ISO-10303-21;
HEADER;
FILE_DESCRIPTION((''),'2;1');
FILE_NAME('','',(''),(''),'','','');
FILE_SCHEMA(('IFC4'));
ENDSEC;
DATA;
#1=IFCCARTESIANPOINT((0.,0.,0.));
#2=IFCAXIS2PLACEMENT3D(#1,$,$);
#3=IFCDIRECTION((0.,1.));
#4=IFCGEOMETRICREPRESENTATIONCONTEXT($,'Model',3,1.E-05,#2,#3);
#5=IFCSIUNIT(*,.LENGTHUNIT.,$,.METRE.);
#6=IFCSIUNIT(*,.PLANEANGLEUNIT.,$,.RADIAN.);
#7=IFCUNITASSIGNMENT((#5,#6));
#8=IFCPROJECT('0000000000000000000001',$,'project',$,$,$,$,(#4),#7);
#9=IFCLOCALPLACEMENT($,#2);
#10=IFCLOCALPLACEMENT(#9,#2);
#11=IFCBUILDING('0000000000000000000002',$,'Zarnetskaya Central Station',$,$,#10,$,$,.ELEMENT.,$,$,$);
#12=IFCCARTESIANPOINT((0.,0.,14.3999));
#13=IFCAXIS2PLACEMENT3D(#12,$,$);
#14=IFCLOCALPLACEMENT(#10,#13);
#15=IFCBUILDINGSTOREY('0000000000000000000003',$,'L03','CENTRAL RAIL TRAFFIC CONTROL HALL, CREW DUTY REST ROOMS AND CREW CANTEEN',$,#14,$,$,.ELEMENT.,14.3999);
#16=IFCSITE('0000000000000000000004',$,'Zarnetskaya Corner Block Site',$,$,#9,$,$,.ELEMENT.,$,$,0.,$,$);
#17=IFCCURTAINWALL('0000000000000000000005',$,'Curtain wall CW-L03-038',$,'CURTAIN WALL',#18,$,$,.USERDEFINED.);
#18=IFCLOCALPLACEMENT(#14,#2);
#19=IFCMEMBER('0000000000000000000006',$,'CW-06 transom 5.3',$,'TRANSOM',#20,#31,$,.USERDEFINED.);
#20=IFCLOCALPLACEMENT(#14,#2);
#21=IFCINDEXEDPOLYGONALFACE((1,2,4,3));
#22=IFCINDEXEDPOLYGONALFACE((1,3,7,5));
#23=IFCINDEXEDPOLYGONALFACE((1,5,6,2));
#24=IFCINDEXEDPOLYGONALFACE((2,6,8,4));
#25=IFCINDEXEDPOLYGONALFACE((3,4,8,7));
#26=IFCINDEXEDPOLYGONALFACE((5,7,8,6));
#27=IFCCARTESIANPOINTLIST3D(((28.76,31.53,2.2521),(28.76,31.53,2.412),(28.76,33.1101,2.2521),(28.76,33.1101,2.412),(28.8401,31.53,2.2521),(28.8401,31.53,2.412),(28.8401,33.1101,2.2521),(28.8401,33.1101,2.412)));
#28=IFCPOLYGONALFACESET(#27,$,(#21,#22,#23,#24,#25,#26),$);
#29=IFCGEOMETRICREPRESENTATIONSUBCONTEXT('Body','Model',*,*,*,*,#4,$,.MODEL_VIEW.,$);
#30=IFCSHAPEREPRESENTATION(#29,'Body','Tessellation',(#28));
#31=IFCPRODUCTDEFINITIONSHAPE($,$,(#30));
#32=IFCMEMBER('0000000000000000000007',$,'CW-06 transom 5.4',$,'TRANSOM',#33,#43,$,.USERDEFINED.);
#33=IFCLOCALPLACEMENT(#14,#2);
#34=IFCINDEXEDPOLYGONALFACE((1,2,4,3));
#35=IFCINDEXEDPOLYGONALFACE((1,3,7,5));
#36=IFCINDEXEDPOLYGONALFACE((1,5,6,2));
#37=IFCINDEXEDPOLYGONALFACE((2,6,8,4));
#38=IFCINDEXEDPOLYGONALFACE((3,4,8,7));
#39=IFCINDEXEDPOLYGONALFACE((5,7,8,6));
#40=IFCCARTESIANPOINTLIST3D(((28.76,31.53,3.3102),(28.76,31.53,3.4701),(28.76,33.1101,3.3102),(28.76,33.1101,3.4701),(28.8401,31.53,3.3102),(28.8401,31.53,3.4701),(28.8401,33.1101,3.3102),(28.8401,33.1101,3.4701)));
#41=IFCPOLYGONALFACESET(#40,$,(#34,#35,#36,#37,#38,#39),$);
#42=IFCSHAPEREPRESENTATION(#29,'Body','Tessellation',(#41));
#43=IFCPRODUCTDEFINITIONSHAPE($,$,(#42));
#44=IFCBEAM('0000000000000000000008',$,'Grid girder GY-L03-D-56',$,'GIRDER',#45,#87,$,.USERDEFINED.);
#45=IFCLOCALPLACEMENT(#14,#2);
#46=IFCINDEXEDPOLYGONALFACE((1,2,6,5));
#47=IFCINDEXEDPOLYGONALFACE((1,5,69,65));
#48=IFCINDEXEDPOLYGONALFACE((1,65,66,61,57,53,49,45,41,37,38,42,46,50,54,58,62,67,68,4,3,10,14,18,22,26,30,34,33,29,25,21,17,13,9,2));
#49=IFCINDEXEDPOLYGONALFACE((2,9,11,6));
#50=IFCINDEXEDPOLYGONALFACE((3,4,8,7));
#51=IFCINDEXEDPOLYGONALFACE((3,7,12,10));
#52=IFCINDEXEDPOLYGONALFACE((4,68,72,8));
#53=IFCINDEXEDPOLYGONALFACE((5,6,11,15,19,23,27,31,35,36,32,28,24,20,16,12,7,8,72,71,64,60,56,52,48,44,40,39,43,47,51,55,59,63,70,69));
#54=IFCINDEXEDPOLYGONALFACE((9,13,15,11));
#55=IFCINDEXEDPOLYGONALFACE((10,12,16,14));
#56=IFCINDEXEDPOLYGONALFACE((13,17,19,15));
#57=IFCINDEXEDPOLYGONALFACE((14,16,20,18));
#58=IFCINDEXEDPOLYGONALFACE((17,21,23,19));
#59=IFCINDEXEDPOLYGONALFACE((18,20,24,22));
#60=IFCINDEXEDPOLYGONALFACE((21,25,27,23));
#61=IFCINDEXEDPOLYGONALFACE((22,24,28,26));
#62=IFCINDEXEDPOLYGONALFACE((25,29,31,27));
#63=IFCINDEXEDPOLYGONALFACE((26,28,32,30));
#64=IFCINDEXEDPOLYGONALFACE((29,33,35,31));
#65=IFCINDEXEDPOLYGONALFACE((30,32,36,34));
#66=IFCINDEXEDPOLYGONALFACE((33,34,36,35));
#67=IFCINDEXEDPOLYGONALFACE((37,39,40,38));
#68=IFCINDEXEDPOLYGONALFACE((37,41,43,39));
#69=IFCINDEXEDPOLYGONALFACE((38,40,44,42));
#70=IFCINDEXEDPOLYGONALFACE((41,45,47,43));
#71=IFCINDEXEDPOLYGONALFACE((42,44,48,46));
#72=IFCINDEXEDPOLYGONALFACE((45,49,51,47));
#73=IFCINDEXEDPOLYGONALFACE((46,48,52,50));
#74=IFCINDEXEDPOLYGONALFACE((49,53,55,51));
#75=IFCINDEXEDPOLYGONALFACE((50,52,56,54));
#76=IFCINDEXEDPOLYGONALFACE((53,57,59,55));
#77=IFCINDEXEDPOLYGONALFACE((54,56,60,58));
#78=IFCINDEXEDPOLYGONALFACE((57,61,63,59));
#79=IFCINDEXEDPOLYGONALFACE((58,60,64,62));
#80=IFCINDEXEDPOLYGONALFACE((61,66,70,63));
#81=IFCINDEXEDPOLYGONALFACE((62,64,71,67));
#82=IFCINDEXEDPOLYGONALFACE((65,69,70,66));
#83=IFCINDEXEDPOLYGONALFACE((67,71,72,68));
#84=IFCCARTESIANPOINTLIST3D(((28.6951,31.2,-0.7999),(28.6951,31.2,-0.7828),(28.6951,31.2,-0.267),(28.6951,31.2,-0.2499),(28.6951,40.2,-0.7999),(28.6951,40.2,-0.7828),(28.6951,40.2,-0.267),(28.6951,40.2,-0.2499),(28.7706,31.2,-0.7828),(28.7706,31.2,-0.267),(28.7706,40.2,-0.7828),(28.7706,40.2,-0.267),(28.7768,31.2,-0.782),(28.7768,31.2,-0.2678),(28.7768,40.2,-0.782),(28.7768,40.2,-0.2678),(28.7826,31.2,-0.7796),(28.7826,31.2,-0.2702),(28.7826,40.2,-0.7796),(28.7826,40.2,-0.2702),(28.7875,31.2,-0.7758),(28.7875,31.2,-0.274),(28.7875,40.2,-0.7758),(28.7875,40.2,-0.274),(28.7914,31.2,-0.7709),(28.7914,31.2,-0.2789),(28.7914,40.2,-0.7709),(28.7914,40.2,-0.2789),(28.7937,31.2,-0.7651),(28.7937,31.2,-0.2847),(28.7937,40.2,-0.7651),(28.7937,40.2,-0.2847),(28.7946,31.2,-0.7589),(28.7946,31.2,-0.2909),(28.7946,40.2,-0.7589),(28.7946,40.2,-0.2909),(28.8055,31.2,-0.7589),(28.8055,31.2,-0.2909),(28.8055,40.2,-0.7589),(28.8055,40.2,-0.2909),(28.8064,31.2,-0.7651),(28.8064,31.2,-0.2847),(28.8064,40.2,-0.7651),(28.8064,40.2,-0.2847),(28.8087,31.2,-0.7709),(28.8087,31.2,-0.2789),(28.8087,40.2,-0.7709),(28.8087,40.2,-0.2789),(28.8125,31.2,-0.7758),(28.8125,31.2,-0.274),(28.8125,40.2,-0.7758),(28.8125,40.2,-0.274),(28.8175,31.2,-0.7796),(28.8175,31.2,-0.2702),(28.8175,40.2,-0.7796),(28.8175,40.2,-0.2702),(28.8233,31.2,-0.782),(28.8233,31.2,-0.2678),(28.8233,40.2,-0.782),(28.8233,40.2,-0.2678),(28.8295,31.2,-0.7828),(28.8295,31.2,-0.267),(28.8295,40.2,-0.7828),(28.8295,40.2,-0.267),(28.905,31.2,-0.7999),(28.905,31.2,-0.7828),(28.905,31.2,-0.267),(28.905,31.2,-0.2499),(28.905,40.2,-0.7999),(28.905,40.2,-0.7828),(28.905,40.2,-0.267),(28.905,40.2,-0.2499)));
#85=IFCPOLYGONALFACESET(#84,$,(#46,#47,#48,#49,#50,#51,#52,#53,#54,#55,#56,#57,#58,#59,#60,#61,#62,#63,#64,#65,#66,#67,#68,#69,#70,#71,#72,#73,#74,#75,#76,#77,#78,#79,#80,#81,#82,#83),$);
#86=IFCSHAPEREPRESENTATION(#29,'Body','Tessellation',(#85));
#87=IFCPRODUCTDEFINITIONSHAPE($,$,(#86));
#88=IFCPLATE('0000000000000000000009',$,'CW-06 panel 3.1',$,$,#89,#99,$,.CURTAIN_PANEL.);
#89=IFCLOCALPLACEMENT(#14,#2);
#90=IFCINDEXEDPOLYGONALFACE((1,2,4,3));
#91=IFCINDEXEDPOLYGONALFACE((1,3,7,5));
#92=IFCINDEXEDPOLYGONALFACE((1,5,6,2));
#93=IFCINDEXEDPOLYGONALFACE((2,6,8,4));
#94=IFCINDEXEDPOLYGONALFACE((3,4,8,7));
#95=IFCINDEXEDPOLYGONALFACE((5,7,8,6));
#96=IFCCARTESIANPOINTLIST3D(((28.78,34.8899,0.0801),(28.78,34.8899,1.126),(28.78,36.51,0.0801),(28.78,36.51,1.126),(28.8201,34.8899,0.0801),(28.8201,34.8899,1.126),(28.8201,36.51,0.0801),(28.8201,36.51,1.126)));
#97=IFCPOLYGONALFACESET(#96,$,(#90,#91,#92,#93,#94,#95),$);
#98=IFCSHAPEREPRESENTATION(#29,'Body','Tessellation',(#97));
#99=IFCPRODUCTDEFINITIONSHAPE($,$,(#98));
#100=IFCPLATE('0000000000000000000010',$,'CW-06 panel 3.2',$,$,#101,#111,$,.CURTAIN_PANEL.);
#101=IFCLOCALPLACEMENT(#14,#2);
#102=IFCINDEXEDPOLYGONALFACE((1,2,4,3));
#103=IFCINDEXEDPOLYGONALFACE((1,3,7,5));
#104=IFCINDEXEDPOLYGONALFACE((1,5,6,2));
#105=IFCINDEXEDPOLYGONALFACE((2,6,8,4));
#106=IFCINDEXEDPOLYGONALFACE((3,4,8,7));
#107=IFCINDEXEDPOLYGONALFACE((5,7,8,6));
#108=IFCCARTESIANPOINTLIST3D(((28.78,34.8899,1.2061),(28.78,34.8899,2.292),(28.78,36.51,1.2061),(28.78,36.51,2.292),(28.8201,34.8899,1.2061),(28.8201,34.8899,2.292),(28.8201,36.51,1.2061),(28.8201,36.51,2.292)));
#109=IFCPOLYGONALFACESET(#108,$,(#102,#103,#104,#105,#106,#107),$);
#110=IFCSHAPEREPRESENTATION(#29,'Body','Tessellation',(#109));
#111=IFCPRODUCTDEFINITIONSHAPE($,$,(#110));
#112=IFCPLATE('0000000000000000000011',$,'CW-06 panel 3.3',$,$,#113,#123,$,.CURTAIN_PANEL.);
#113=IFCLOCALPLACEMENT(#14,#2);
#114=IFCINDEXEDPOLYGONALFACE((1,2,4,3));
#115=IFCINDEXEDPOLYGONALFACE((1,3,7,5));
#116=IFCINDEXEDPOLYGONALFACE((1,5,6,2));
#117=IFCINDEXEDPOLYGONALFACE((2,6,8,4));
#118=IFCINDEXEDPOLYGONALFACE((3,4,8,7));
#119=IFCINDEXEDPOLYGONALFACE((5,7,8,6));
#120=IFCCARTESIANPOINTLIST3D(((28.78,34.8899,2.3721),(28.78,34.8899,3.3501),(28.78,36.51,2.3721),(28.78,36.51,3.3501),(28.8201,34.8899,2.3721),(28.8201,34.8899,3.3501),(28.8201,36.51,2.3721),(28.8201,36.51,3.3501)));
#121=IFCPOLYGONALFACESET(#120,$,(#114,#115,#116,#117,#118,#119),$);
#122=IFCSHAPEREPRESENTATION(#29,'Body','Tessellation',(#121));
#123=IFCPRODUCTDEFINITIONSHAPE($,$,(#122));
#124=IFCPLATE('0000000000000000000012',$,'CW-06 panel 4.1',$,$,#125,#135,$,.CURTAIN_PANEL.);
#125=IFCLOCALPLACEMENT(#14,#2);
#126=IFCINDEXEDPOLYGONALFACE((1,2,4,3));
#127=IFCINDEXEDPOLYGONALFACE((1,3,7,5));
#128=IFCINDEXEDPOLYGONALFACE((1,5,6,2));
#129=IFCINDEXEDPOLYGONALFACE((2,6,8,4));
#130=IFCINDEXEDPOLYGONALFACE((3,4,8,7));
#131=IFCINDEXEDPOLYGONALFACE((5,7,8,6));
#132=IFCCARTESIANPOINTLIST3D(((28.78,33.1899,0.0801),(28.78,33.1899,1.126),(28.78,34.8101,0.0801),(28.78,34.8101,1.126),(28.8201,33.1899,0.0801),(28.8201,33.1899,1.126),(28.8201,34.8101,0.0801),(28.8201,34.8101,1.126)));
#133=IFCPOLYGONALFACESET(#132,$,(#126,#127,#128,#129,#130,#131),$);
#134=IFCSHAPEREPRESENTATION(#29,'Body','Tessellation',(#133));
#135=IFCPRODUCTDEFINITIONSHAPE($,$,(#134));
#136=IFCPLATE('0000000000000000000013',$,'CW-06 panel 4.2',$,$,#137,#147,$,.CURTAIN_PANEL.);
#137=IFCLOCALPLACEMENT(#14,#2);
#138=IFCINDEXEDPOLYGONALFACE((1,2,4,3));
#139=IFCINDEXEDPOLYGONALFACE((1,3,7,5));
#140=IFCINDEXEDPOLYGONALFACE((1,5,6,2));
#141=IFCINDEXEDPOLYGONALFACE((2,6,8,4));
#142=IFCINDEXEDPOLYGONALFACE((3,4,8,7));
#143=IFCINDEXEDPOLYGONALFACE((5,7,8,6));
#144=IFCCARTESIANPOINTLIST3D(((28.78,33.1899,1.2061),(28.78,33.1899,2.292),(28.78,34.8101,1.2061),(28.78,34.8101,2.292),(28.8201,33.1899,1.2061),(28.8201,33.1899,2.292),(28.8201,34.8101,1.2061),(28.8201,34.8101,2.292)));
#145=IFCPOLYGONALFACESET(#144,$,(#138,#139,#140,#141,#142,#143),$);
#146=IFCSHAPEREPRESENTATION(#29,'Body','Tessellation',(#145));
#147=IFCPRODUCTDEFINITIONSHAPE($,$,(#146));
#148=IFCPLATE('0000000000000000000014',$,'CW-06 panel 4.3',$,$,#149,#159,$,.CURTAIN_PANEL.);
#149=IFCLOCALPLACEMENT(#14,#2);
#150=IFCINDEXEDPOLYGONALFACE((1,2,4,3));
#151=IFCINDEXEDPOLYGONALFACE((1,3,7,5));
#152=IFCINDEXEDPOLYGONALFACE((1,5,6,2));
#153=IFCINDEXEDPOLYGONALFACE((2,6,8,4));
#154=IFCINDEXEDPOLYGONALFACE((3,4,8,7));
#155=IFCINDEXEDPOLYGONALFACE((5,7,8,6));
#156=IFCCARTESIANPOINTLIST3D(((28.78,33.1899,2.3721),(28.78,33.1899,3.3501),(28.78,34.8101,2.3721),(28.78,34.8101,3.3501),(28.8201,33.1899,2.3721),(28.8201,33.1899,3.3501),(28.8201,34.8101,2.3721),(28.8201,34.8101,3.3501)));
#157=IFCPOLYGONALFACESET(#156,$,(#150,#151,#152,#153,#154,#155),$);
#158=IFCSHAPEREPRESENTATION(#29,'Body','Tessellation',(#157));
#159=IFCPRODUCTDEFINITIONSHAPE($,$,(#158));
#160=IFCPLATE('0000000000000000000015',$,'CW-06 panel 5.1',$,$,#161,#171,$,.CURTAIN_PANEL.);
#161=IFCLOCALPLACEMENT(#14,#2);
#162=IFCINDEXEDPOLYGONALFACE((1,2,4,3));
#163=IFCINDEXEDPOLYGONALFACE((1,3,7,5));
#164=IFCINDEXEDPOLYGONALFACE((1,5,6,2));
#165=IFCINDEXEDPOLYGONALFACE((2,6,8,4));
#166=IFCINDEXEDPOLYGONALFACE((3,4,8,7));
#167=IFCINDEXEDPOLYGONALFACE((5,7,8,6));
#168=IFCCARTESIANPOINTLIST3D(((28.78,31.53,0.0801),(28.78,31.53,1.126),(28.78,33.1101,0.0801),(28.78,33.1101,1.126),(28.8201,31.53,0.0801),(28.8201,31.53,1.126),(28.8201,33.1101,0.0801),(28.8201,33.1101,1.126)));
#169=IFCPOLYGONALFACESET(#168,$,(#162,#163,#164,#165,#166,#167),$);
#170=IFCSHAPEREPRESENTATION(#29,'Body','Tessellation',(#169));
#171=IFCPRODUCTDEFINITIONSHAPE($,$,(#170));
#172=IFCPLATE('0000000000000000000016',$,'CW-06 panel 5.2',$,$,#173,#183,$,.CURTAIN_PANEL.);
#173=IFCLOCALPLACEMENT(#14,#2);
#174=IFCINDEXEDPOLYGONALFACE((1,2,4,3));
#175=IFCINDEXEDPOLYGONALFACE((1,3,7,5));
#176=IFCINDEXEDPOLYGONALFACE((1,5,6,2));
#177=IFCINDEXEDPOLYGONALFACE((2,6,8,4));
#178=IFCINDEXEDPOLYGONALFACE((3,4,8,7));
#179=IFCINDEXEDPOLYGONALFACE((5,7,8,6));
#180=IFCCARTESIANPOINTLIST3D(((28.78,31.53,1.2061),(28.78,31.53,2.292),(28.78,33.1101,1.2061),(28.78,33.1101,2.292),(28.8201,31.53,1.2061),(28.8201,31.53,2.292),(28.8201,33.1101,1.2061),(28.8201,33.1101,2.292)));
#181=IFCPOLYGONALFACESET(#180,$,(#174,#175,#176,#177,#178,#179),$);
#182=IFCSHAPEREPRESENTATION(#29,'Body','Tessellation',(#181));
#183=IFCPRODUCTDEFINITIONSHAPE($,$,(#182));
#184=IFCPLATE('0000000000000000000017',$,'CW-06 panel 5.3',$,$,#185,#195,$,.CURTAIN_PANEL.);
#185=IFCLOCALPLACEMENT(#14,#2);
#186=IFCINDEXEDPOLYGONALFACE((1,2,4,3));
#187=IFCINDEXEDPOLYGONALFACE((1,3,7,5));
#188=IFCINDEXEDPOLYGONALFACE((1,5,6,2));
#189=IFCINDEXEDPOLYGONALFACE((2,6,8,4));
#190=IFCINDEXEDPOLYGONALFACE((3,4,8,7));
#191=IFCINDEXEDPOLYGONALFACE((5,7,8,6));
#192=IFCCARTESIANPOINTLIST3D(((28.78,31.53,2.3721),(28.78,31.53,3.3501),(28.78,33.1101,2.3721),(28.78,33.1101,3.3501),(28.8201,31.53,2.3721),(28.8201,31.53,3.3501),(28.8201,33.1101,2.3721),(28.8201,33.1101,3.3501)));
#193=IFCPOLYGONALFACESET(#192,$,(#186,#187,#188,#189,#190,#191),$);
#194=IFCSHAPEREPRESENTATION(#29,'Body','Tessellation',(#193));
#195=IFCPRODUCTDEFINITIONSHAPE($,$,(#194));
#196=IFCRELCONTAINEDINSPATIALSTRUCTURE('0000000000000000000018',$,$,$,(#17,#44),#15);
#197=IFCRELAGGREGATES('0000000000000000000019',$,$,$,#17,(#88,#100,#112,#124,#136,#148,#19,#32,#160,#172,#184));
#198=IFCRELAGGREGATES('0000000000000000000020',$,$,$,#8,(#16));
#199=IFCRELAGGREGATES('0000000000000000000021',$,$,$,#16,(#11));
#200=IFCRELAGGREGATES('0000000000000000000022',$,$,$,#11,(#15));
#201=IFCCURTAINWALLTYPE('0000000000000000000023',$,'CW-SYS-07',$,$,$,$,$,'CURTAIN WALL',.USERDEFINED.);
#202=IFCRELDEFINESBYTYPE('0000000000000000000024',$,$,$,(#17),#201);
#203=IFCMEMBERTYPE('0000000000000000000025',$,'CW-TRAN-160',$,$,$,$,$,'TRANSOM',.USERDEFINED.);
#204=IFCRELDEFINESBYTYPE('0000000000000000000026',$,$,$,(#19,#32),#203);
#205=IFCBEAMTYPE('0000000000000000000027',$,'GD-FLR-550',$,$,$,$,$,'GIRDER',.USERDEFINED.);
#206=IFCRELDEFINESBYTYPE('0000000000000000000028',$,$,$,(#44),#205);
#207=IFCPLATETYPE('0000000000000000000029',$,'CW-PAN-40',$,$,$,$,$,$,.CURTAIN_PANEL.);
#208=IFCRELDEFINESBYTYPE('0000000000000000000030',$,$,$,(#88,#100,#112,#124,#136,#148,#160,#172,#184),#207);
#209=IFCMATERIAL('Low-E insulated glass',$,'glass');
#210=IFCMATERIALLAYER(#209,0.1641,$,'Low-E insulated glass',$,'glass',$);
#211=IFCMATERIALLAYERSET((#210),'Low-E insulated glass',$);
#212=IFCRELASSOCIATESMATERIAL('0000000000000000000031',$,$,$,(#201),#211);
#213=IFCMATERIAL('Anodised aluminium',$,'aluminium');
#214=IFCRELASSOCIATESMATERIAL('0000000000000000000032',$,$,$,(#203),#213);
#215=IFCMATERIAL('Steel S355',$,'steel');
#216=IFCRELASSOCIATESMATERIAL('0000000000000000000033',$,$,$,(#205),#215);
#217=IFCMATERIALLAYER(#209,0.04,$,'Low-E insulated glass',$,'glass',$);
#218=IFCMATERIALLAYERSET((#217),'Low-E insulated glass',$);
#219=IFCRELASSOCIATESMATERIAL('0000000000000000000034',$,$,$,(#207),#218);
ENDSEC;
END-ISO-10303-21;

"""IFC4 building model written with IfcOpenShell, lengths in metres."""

from ifc_helpers import new_model, si_unit, direction, frame, origin, origin_2d, place, context, subcontext, project, spatial, rectangle, i_section, extrude, material, layer, layer_set, material_profile, profile_set, type_object, element, aggregate, save


model = new_model("IFC4")

# Units and contexts
model_context = context("Model", 3, precision=1e-05, world=origin(), true_north=direction((0.0, 1.0)))
body_context = subcontext(model_context, "Body", "Model", "MODEL_VIEW")
ifc_project = project(units=[si_unit("LENGTHUNIT", "METRE"), si_unit("PLANEANGLEUNIT", "RADIAN")], contexts=[model_context])

# Site, building, storey
site_placement = place(None, origin())
site = spatial("IfcSite", under=ifc_project, at=site_placement, Name="Zarnetskaya Corner Block Site", CompositionType="ELEMENT", RefElevation=0.0)
building_placement = place(site_placement, origin())
building = spatial("IfcBuilding", under=site, at=building_placement, Name="Zarnetskaya Central Station", CompositionType="ELEMENT")
storey_placement = place(building_placement, frame((0.0, 0.0, 14.3999)))
storey = spatial("IfcBuildingStorey", under=building, at=storey_placement, Name="L03", Description="CENTRAL RAIL TRAFFIC CONTROL HALL, CREW DUTY REST ROOMS AND CREW CANTEEN", CompositionType="ELEMENT", Elevation=14.3999)

# Shared definitions
ifc_material_1 = material(Name="Steel S355", Category="steel")

# Curtain wall, members
ifc_material_2 = material(Name="Low-E insulated glass", Category="glass")
ifc_layer_1 = layer(ifc_material_2, 0.1641, Name="Low-E insulated glass", Category="glass")
ifc_layer_set_1 = layer_set([ifc_layer_1], Name="Low-E insulated glass")
curtain_wall_type = type_object("IfcCurtainWallType", Name="CW-SYS-07", ElementType="CURTAIN WALL", PredefinedType="USERDEFINED", material=ifc_layer_set_1)
curtain_wall_placement = place(storey_placement, origin())
curtain_wall = element("IfcCurtainWall", 1, at=curtain_wall_placement, inside=storey, type_object=curtain_wall_type, Name="Curtain wall CW-L03-038", ObjectType="CURTAIN WALL", PredefinedType="USERDEFINED")
ifc_material_3 = material(Name="Anodised aluminium", Category="aluminium")
ifc_material_profile_1 = material_profile(ifc_material_3, rectangle(XDim=0.0801, YDim=0.1599, at=origin_2d()), Name="ALU TRAN 80x160")
ifc_profile_set_1 = profile_set([ifc_material_profile_1], Name="Anodised aluminium")
member_type_1 = type_object("IfcMemberType", Name="CW-TRAN-160", ElementType="TRANSOM", PredefinedType="USERDEFINED", material=ifc_profile_set_1)
member_1_placement = place(storey_placement, frame((28.8, 33.1101, 2.332), z_axis=(0.0, -1.0, 0.0), x_axis=(1.0, 0.0, 0.0)))
member_1 = element("IfcMember", 2, at=member_1_placement, type_object=member_type_1, Name="CW-06 transom 5.3", ObjectType="TRANSOM", PredefinedType="USERDEFINED", context=body_context, shape_type="SweptSolid", body=[
    extrude(rectangle(XDim=0.0801, YDim=0.1599, at=origin_2d()), origin(), (0.0, 0.0, 1.0), 1.5801),
])
member_2_placement = place(storey_placement, frame((28.8, 33.1101, 3.3901), z_axis=(0.0, -1.0, 0.0), x_axis=(1.0, 0.0, 0.0)))
member_2 = element("IfcMember", 3, at=member_2_placement, type_object=member_type_1, Name="CW-06 transom 5.4", ObjectType="TRANSOM", PredefinedType="USERDEFINED", context=body_context, shape_type="SweptSolid", body=[
    extrude(rectangle(XDim=0.0801, YDim=0.1599, at=origin_2d()), origin(), (0.0, 0.0, 1.0), 1.5801),
])

# Beam
ifc_material_profile_2 = material_profile(ifc_material_1, i_section(OverallWidth=0.21, OverallDepth=0.55, WebThickness=0.011, FlangeThickness=0.0171, FilletRadius=0.0239, at=origin_2d()), Name="IPE 550")
ifc_profile_set_2 = profile_set([ifc_material_profile_2], Name="Steel S355")
beam_type = type_object("IfcBeamType", Name="GD-FLR-550", ElementType="GIRDER", PredefinedType="USERDEFINED", material=ifc_profile_set_2)
beam_placement = place(storey_placement, frame((28.8, 31.2, -0.5249), z_axis=(0.0, 1.0, 0.0), x_axis=(-1.0, 0.0, 0.0)))
element("IfcBeam", 4, at=beam_placement, inside=storey, type_object=beam_type, Name="Grid girder GY-L03-D-56", ObjectType="GIRDER", PredefinedType="USERDEFINED", context=body_context, shape_type="SweptSolid", body=[
    extrude(i_section(OverallWidth=0.21, OverallDepth=0.55, WebThickness=0.011, FlangeThickness=0.0171, FilletRadius=0.0239, at=origin_2d()), origin(), (0.0, 0.0, 1.0), 9.0),
])

# Plates
ifc_layer_2 = layer(ifc_material_2, 0.04, Name="Low-E insulated glass", Category="glass")
ifc_layer_set_2 = layer_set([ifc_layer_2], Name="Low-E insulated glass")
plate_type = type_object("IfcPlateType", Name="CW-PAN-40", PredefinedType="CURTAIN_PANEL", material=ifc_layer_set_2)
plate_1_placement = place(storey_placement, frame((28.8, 35.7, 0.0801), z_axis=(0.0, 0.0, 1.0), x_axis=(0.0, -1.0, 0.0)))
plate_1 = element("IfcPlate", 5, at=plate_1_placement, type_object=plate_type, Name="CW-06 panel 3.1", PredefinedType="CURTAIN_PANEL", context=body_context, shape_type="SweptSolid", body=[
    extrude(rectangle(XDim=1.6201, YDim=0.04, at=origin_2d()), origin(), (0.0, 0.0, 1.0), 1.0459),
])
plate_2_placement = place(storey_placement, frame((28.8, 35.7, 1.2061), z_axis=(0.0, 0.0, 1.0), x_axis=(0.0, -1.0, 0.0)))
plate_2 = element("IfcPlate", 6, at=plate_2_placement, type_object=plate_type, Name="CW-06 panel 3.2", PredefinedType="CURTAIN_PANEL", context=body_context, shape_type="SweptSolid", body=[
    extrude(rectangle(XDim=1.6201, YDim=0.04, at=origin_2d()), origin(), (0.0, 0.0, 1.0), 1.0859),
])
plate_3_placement = place(storey_placement, frame((28.8, 35.7, 2.3721), z_axis=(0.0, 0.0, 1.0), x_axis=(0.0, -1.0, 0.0)))
plate_3 = element("IfcPlate", 7, at=plate_3_placement, type_object=plate_type, Name="CW-06 panel 3.3", PredefinedType="CURTAIN_PANEL", context=body_context, shape_type="SweptSolid", body=[
    extrude(rectangle(XDim=1.6201, YDim=0.04, at=origin_2d()), origin(), (0.0, 0.0, 1.0), 0.978),
])
plate_4_placement = place(storey_placement, frame((28.8, 34.0, 0.0801), z_axis=(0.0, 0.0, 1.0), x_axis=(0.0, -1.0, 0.0)))
plate_4 = element("IfcPlate", 8, at=plate_4_placement, type_object=plate_type, Name="CW-06 panel 4.1", PredefinedType="CURTAIN_PANEL", context=body_context, shape_type="SweptSolid", body=[
    extrude(rectangle(XDim=1.6201, YDim=0.04, at=origin_2d()), origin(), (0.0, 0.0, 1.0), 1.0459),
])
plate_5_placement = place(storey_placement, frame((28.8, 34.0, 1.2061), z_axis=(0.0, 0.0, 1.0), x_axis=(0.0, -1.0, 0.0)))
plate_5 = element("IfcPlate", 9, at=plate_5_placement, type_object=plate_type, Name="CW-06 panel 4.2", PredefinedType="CURTAIN_PANEL", context=body_context, shape_type="SweptSolid", body=[
    extrude(rectangle(XDim=1.6201, YDim=0.04, at=origin_2d()), origin(), (0.0, 0.0, 1.0), 1.0859),
])
plate_6_placement = place(storey_placement, frame((28.8, 34.0, 2.3721), z_axis=(0.0, 0.0, 1.0), x_axis=(0.0, -1.0, 0.0)))
plate_6 = element("IfcPlate", 10, at=plate_6_placement, type_object=plate_type, Name="CW-06 panel 4.3", PredefinedType="CURTAIN_PANEL", context=body_context, shape_type="SweptSolid", body=[
    extrude(rectangle(XDim=1.6201, YDim=0.04, at=origin_2d()), origin(), (0.0, 0.0, 1.0), 0.978),
])
plate_7_placement = place(storey_placement, frame((28.8, 32.3201, 0.0801), z_axis=(0.0, 0.0, 1.0), x_axis=(0.0, -1.0, 0.0)))
plate_7 = element("IfcPlate", 11, at=plate_7_placement, type_object=plate_type, Name="CW-06 panel 5.1", PredefinedType="CURTAIN_PANEL", context=body_context, shape_type="SweptSolid", body=[
    extrude(rectangle(XDim=1.5801, YDim=0.04, at=origin_2d()), origin(), (0.0, 0.0, 1.0), 1.0459),
])
plate_8_placement = place(storey_placement, frame((28.8, 32.3201, 1.2061), z_axis=(0.0, 0.0, 1.0), x_axis=(0.0, -1.0, 0.0)))
plate_8 = element("IfcPlate", 12, at=plate_8_placement, type_object=plate_type, Name="CW-06 panel 5.2", PredefinedType="CURTAIN_PANEL", context=body_context, shape_type="SweptSolid", body=[
    extrude(rectangle(XDim=1.5801, YDim=0.04, at=origin_2d()), origin(), (0.0, 0.0, 1.0), 1.0859),
])
plate_9_placement = place(storey_placement, frame((28.8, 32.3201, 2.3721), z_axis=(0.0, 0.0, 1.0), x_axis=(0.0, -1.0, 0.0)))
plate_9 = element("IfcPlate", 13, at=plate_9_placement, type_object=plate_type, Name="CW-06 panel 5.3", PredefinedType="CURTAIN_PANEL", context=body_context, shape_type="SweptSolid", body=[
    extrude(rectangle(XDim=1.5801, YDim=0.04, at=origin_2d()), origin(), (0.0, 0.0, 1.0), 0.978),
])
aggregate(curtain_wall, [plate_1, plate_2, plate_3, plate_4, plate_5, plate_6, member_1, member_2, plate_7, plate_8, plate_9])

save(model, "model.ifc")
